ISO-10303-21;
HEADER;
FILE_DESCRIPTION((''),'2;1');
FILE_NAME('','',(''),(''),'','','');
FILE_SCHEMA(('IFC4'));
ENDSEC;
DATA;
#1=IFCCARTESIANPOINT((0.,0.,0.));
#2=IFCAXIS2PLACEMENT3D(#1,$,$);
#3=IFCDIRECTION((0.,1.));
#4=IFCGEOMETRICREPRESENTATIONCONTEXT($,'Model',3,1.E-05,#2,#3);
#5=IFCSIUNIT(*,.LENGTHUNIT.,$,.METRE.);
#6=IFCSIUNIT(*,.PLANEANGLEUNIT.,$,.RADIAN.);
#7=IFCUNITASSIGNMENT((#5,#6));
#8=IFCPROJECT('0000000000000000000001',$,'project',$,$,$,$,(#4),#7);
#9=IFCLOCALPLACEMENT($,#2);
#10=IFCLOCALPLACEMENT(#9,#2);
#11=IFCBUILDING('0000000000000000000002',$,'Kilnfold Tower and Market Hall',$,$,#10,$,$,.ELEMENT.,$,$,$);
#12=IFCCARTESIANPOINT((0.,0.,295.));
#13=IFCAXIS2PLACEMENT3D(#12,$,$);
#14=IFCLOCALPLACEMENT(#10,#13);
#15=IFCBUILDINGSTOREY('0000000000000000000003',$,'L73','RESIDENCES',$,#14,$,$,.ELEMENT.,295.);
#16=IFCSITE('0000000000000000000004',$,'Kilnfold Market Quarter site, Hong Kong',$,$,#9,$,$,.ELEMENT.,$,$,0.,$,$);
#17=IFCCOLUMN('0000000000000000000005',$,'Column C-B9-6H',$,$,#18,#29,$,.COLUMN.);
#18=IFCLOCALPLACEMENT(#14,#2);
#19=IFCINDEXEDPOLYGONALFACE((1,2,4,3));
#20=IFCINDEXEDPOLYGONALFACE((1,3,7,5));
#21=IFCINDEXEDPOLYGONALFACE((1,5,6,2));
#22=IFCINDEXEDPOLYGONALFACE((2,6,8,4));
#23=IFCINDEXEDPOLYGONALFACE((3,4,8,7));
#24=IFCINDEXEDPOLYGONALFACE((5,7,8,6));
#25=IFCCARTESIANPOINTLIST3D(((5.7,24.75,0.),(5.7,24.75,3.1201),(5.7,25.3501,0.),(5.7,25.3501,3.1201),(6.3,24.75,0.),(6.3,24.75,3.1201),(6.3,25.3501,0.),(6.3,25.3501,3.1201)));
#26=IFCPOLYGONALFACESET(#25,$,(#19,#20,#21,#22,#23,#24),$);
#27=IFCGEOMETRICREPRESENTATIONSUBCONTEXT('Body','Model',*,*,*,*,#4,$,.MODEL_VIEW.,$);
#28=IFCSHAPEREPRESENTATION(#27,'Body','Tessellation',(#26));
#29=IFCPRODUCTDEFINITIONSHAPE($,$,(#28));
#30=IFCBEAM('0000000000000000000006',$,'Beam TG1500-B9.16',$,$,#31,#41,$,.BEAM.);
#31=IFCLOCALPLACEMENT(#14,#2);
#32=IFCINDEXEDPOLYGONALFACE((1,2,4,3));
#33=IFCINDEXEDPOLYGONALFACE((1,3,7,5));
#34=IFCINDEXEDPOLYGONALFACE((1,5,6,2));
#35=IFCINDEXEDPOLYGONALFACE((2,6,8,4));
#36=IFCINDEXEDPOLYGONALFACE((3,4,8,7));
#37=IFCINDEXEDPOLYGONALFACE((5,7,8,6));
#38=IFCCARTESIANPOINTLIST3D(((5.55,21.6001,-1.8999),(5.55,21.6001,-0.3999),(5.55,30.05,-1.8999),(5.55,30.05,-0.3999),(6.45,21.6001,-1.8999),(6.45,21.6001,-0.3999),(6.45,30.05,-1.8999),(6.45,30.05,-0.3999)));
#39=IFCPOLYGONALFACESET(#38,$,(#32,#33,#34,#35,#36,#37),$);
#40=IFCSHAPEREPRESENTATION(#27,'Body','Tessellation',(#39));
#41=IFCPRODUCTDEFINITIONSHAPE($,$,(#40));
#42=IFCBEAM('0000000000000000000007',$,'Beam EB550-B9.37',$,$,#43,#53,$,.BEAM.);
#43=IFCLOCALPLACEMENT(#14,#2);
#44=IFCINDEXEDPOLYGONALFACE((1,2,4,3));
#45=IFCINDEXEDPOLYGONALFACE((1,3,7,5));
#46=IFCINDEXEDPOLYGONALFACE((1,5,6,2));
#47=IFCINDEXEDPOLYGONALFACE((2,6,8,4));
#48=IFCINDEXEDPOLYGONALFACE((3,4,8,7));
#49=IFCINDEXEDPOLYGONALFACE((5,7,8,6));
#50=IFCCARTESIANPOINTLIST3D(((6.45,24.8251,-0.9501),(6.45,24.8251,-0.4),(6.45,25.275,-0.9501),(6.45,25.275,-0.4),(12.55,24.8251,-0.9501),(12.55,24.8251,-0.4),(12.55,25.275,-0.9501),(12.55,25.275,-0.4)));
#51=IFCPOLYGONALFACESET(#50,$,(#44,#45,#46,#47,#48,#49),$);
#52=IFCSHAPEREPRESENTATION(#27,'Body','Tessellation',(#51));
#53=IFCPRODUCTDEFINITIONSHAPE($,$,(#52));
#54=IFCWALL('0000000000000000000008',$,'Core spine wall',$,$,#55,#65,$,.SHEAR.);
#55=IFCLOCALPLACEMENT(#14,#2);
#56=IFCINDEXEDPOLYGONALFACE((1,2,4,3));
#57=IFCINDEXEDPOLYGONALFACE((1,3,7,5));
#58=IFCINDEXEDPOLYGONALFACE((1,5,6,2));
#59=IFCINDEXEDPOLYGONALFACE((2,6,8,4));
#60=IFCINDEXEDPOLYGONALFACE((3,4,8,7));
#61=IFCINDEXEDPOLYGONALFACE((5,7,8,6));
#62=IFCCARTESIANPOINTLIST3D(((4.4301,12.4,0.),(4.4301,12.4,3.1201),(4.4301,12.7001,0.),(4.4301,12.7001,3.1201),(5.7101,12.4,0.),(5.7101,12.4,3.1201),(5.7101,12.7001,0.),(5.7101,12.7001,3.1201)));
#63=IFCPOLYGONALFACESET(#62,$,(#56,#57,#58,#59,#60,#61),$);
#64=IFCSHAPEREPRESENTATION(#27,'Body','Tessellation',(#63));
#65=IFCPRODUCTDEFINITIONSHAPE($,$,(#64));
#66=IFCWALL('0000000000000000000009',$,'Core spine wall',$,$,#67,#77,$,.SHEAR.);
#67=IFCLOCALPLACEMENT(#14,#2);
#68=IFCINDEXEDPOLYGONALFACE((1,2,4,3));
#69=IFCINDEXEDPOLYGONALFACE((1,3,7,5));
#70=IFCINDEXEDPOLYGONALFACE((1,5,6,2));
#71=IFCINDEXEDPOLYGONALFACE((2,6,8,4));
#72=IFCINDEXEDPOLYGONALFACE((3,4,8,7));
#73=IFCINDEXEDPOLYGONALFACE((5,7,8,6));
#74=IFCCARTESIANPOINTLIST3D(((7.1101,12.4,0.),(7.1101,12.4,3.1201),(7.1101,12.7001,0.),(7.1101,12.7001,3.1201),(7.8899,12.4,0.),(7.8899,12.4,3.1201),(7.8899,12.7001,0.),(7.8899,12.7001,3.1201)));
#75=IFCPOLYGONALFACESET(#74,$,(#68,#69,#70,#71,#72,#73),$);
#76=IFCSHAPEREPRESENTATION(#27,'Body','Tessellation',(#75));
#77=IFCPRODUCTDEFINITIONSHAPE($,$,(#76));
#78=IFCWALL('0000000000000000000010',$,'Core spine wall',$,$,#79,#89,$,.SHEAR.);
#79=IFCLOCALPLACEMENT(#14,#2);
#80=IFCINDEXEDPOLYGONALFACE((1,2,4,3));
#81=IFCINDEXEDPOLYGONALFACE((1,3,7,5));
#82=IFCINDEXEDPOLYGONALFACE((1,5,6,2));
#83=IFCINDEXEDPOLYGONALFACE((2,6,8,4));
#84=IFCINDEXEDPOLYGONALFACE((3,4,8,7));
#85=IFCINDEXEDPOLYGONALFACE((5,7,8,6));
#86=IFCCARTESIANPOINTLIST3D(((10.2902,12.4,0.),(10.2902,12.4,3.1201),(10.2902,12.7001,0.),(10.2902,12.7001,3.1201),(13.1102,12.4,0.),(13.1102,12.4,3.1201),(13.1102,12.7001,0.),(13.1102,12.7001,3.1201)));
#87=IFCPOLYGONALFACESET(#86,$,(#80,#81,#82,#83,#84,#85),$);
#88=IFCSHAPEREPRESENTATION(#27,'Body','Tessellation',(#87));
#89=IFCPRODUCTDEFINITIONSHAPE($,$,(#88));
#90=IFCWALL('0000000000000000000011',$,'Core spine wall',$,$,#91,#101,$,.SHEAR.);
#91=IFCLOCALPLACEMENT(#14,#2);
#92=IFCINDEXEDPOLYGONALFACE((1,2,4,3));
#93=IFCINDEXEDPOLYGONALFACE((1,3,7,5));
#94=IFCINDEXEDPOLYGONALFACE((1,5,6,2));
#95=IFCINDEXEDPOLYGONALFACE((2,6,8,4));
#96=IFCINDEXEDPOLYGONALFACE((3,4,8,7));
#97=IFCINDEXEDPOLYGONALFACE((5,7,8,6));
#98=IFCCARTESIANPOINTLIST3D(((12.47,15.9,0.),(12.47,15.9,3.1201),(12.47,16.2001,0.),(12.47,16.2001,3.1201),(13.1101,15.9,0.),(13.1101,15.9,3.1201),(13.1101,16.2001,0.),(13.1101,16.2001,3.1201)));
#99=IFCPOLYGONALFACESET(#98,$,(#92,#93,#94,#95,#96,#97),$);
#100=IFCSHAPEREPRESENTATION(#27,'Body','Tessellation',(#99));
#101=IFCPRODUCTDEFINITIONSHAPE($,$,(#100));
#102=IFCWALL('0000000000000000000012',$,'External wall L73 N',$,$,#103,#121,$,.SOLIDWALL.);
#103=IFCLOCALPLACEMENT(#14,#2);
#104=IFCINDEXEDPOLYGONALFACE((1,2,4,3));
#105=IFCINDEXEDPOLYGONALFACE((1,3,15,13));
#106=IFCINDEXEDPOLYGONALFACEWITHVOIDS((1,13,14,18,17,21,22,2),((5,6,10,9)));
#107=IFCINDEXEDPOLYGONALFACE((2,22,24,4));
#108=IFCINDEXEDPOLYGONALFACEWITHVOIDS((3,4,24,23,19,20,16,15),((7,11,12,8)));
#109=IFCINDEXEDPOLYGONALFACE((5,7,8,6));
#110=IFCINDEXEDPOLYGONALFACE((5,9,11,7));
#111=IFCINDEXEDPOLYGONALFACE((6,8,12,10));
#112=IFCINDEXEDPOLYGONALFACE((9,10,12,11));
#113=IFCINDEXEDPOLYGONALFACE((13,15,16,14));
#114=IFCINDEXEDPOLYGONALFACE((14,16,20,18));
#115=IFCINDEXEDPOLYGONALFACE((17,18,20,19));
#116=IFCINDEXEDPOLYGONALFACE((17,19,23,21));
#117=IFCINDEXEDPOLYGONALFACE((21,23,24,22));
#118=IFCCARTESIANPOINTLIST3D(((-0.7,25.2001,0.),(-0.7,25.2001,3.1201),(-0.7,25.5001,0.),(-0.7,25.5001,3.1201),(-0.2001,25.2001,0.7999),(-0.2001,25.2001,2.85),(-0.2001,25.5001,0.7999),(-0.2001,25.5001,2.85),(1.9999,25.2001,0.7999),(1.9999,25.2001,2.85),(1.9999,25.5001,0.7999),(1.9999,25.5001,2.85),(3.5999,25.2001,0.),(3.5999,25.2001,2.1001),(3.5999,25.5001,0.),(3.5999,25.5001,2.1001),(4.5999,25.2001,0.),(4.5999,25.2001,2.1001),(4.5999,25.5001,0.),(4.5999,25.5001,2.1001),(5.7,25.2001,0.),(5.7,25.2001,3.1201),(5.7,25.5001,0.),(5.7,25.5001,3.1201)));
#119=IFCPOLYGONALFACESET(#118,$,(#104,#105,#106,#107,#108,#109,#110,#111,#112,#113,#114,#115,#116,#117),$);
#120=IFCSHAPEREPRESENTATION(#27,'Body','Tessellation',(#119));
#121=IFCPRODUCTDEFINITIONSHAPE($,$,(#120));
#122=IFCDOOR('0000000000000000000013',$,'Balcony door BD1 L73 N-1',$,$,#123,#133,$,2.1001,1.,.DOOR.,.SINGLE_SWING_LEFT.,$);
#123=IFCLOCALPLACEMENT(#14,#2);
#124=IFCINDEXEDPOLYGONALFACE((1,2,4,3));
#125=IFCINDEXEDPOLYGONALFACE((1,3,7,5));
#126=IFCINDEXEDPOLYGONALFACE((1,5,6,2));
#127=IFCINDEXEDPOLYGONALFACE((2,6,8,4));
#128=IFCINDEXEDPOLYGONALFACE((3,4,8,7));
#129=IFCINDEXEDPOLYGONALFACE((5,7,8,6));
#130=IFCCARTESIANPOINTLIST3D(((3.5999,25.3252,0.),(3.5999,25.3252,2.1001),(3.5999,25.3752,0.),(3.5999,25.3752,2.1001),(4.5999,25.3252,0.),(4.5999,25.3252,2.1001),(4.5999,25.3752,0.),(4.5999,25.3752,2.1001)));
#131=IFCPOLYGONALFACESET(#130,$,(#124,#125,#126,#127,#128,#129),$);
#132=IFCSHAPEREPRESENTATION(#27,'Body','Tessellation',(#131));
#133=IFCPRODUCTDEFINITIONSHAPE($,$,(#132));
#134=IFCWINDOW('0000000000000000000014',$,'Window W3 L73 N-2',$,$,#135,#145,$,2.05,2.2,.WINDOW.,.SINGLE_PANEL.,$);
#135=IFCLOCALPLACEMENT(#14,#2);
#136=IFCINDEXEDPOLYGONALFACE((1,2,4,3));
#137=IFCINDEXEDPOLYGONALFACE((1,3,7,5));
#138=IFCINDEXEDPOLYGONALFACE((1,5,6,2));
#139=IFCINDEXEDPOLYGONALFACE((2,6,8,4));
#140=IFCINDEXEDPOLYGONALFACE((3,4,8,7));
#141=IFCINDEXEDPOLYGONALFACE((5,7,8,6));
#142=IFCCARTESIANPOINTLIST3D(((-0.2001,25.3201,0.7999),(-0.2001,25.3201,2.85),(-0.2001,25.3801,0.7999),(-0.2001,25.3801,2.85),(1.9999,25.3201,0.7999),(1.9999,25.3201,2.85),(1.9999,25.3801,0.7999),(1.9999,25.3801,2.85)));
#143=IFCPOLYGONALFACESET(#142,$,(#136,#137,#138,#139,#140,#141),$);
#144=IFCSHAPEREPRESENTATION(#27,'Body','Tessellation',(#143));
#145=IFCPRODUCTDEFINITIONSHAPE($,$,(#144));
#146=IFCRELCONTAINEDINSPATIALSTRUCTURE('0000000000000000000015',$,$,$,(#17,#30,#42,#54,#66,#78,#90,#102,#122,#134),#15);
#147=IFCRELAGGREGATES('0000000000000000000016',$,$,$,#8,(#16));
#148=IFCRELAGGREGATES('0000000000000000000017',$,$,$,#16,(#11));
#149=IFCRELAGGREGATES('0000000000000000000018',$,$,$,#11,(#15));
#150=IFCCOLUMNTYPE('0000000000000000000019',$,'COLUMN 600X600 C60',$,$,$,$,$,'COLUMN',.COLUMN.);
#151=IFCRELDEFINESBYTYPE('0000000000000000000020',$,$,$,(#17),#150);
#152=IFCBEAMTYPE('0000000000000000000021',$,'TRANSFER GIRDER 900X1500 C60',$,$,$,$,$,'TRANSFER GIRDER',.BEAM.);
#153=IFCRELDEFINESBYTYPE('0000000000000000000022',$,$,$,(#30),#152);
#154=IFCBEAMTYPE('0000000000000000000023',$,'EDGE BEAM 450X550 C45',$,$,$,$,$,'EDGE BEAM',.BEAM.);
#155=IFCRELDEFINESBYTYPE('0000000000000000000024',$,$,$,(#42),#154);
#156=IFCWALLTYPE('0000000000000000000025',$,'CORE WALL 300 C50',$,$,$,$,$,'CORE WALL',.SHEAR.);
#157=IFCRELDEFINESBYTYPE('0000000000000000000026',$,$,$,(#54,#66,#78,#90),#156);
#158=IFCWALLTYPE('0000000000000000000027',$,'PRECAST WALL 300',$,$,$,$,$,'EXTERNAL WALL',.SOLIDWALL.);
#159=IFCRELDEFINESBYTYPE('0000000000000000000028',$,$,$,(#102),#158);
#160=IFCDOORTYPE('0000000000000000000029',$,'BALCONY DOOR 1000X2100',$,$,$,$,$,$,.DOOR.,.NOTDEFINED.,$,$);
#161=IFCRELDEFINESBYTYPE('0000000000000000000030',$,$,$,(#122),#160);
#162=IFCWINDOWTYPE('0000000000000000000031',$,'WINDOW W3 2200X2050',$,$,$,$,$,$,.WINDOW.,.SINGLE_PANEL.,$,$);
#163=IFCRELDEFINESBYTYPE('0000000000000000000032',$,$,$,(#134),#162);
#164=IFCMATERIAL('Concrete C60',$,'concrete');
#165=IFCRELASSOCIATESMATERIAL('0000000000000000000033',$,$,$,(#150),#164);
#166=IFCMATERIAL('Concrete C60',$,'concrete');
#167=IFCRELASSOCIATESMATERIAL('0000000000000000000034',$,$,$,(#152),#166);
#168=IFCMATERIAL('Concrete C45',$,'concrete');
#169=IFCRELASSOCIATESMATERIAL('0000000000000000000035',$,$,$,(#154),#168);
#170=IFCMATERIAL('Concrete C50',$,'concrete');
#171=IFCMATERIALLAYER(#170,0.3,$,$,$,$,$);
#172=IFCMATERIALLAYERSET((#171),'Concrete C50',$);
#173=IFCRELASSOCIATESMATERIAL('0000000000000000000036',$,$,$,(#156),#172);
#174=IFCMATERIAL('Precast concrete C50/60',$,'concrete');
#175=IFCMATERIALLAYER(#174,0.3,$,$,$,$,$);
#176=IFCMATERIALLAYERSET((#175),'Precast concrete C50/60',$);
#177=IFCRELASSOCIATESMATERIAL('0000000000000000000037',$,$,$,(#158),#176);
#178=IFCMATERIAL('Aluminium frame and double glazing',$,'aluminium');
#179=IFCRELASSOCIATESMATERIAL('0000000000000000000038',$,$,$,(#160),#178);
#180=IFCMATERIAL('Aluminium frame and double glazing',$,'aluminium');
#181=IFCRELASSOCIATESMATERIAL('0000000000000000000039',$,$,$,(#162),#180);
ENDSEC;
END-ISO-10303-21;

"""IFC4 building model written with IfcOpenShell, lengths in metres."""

from ifc_helpers import new_model, si_unit, direction, frame, frame_2d, origin, origin_2d, place, context, subcontext, project, spatial, rectangle, extrude, source, transform, mapped, material, layer, layer_set, material_profile, profile_set, type_object, element, fill, save


model = new_model("IFC4")

# Units and contexts
model_context = context("Model", 3, precision=1e-05, world=origin(), true_north=direction((0.0, 1.0)))
body_context = subcontext(model_context, "Body", "Model", "MODEL_VIEW")
ifc_project = project(units=[si_unit("LENGTHUNIT", "METRE"), si_unit("PLANEANGLEUNIT", "RADIAN")], contexts=[model_context])

# Site, building, storey
site_placement = place(None, origin())
site = spatial("IfcSite", under=ifc_project, at=site_placement, Name="Kilnfold Market Quarter site, Hong Kong", CompositionType="ELEMENT", RefElevation=0.0)
building_placement = place(site_placement, origin())
building = spatial("IfcBuilding", under=site, at=building_placement, Name="Kilnfold Tower and Market Hall", CompositionType="ELEMENT")
storey_placement = place(building_placement, frame((0.0, 0.0, 295.0)))
storey = spatial("IfcBuildingStorey", under=building, at=storey_placement, Name="L73", Description="RESIDENCES", CompositionType="ELEMENT", Elevation=295.0)

# Column
ifc_material_1 = material(Name="Concrete C60", Category="concrete")
ifc_material_profile_1 = material_profile(ifc_material_1, rectangle(XDim=0.6001, YDim=0.6001, at=origin_2d()), Name="RC 600x600")
ifc_profile_set_1 = profile_set([ifc_material_profile_1], Name="Concrete C60")
column_type = type_object("IfcColumnType", Name="COLUMN 600X600 C60", ElementType="COLUMN", PredefinedType="COLUMN", material=ifc_profile_set_1)
shared_shape_1 = source(origin(), body_context, "Body", "SweptSolid", [
    extrude(rectangle(XDim=0.6001, YDim=0.6001, at=origin_2d()), origin(), (0.0, 0.0, 1.0), 3.1201),
])
column_placement = place(storey_placement, frame((6.0, 25.05, 0.0), z_axis=(0.0, 0.0, 1.0), x_axis=(1.0, 0.0, 0.0)))
element("IfcColumn", 1, at=column_placement, inside=storey, type_object=column_type, Name="Column C-B9-6H", PredefinedType="COLUMN", context=body_context, shape_type="MappedRepresentation", body=[
    mapped(shared_shape_1, transform((0.0, 0.0, 0.0))),
])

# Beams
ifc_material_2 = material(Name="Concrete C60", Category="concrete")
ifc_material_profile_2 = material_profile(ifc_material_2, rectangle(XDim=0.8999, YDim=1.5, at=origin_2d()), Name="RC 900x1500")
ifc_profile_set_2 = profile_set([ifc_material_profile_2], Name="Concrete C60")
beam_type_1 = type_object("IfcBeamType", Name="TRANSFER GIRDER 900X1500 C60", ElementType="TRANSFER GIRDER", PredefinedType="BEAM", material=ifc_profile_set_2)
shared_shape_2 = source(origin(), body_context, "Body", "SweptSolid", [
    extrude(rectangle(XDim=0.8999, YDim=1.5, at=origin_2d()), origin(), (0.0, 0.0, 1.0), 8.45),
])
beam_1_placement = place(storey_placement, frame((6.0, 21.6001, -1.1499), z_axis=(0.0, 1.0, 0.0), x_axis=(-1.0, 0.0, 0.0)))
element("IfcBeam", 2, at=beam_1_placement, inside=storey, type_object=beam_type_1, Name="Beam TG1500-B9.16", PredefinedType="BEAM", context=body_context, shape_type="MappedRepresentation", body=[
    mapped(shared_shape_2, transform((0.0, 0.0, 0.0))),
])
ifc_material_3 = material(Name="Concrete C45", Category="concrete")
ifc_material_profile_3 = material_profile(ifc_material_3, rectangle(XDim=0.45, YDim=0.55, at=origin_2d()), Name="RC 450x550")
ifc_profile_set_3 = profile_set([ifc_material_profile_3], Name="Concrete C45")
beam_type_2 = type_object("IfcBeamType", Name="EDGE BEAM 450X550 C45", ElementType="EDGE BEAM", PredefinedType="BEAM", material=ifc_profile_set_3)
shared_shape_3 = source(origin(), body_context, "Body", "SweptSolid", [
    extrude(rectangle(XDim=0.45, YDim=0.55, at=origin_2d()), origin(), (0.0, 0.0, 1.0), 6.1001),
])
beam_2_placement = place(storey_placement, frame((6.45, 25.05, -0.675), z_axis=(1.0, 0.0, 0.0), x_axis=(0.0, 1.0, 0.0)))
element("IfcBeam", 3, at=beam_2_placement, inside=storey, type_object=beam_type_2, Name="Beam EB550-B9.37", PredefinedType="BEAM", context=body_context, shape_type="MappedRepresentation", body=[
    mapped(shared_shape_3, transform((0.0, 0.0, 0.0))),
])

# Walls
ifc_material_4 = material(Name="Concrete C50", Category="concrete")
ifc_layer_1 = layer(ifc_material_4, 0.3)
ifc_layer_set_1 = layer_set([ifc_layer_1], Name="Concrete C50")
wall_type_1 = type_object("IfcWallType", Name="CORE WALL 300 C50", ElementType="CORE WALL", PredefinedType="SHEAR", material=ifc_layer_set_1)
shared_shape_4 = source(origin(), body_context, "Body", "SweptSolid", [
    extrude(rectangle(XDim=1.28, YDim=0.3, at=frame_2d((0.6401, 0.0))), origin(), (0.0, 0.0, 1.0), 3.1201),
])
wall_1_placement = place(storey_placement, frame((4.4299, 12.55, 0.0), z_axis=(0.0, 0.0, 1.0), x_axis=(1.0, 0.0, 0.0)))
element("IfcWall", 4, at=wall_1_placement, inside=storey, type_object=wall_type_1, Name="Core spine wall", PredefinedType="SHEAR", context=body_context, shape_type="MappedRepresentation", body=[
    mapped(shared_shape_4, transform((0.0, 0.0, 0.0))),
])
shared_shape_5 = source(origin(), body_context, "Body", "SweptSolid", [
    extrude(rectangle(XDim=0.7798, YDim=0.3, at=frame_2d((0.3899, 0.0))), origin(), (0.0, 0.0, 1.0), 3.1201),
])
wall_2_placement = place(storey_placement, frame((7.1101, 12.55, 0.0), z_axis=(0.0, 0.0, 1.0), x_axis=(1.0, 0.0, 0.0)))
element("IfcWall", 5, at=wall_2_placement, inside=storey, type_object=wall_type_1, Name="Core spine wall", PredefinedType="SHEAR", context=body_context, shape_type="MappedRepresentation", body=[
    mapped(shared_shape_5, transform((0.0, 0.0, 0.0))),
])
shared_shape_6 = source(origin(), body_context, "Body", "SweptSolid", [
    extrude(rectangle(XDim=2.8201, YDim=0.3, at=frame_2d((1.4102, 0.0))), origin(), (0.0, 0.0, 1.0), 3.1201),
])
wall_3_placement = place(storey_placement, frame((10.29, 12.55, 0.0), z_axis=(0.0, 0.0, 1.0), x_axis=(1.0, 0.0, 0.0)))
element("IfcWall", 6, at=wall_3_placement, inside=storey, type_object=wall_type_1, Name="Core spine wall", PredefinedType="SHEAR", context=body_context, shape_type="MappedRepresentation", body=[
    mapped(shared_shape_6, transform((0.0, 0.0, 0.0))),
])
shared_shape_7 = source(origin(), body_context, "Body", "SweptSolid", [
    extrude(rectangle(XDim=0.6401, YDim=0.3, at=frame_2d((0.3201, 0.0))), origin(), (0.0, 0.0, 1.0), 3.1201),
])
wall_4_placement = place(storey_placement, frame((12.47, 16.05, 0.0), z_axis=(0.0, 0.0, 1.0), x_axis=(1.0, 0.0, 0.0)))
element("IfcWall", 7, at=wall_4_placement, inside=storey, type_object=wall_type_1, Name="Core spine wall", PredefinedType="SHEAR", context=body_context, shape_type="MappedRepresentation", body=[
    mapped(shared_shape_7, transform((0.0, 0.0, 0.0))),
])

# Wall, openings, door, window
ifc_material_5 = material(Name="Precast concrete C50/60", Category="concrete")
ifc_layer_2 = layer(ifc_material_5, 0.3)
ifc_layer_set_2 = layer_set([ifc_layer_2], Name="Precast concrete C50/60")
wall_type_2 = type_object("IfcWallType", Name="PRECAST WALL 300", ElementType="EXTERNAL WALL", PredefinedType="SOLIDWALL", material=ifc_layer_set_2)
shared_shape_8 = source(origin(), body_context, "Body", "SweptSolid", [
    extrude(rectangle(XDim=6.3999, YDim=0.3, at=frame_2d((3.2, 0.0))), origin(), (0.0, 0.0, 1.0), 3.1201),
])
wall_5_placement = place(storey_placement, frame((5.7, 25.3501, 0.0), z_axis=(0.0, 0.0, 1.0), x_axis=(-1.0, 0.0, 0.0)))
wall_5 = element("IfcWall", 8, at=wall_5_placement, inside=storey, type_object=wall_type_2, Name="External wall L73 N", PredefinedType="SOLIDWALL", context=body_context, shape_type="MappedRepresentation", body=[
    mapped(shared_shape_8, transform((0.0, 0.0, 0.0))),
])
opening_1_placement = place(wall_5_placement, frame((1.1001, 0.0, 0.0)))
opening_1 = element("IfcOpeningElement", 9, at=opening_1_placement, cuts=wall_5, PredefinedType="OPENING", context=body_context, shape_type="SweptSolid", body=[
    extrude(rectangle(XDim=1.0, YDim=2.1001, at=frame_2d((0.5, 1.05))), frame((0.0, 0.1602, 0.0), z_axis=(0.0, -1.0, 0.0), x_axis=(1.0, 0.0, 0.0)), (0.0, 0.0, 1.0), 0.3201),
])
opening_2_placement = place(wall_5_placement, frame((3.7, 0.0, 0.8)))
opening_2 = element("IfcOpeningElement", 10, at=opening_2_placement, cuts=wall_5, PredefinedType="OPENING", context=body_context, shape_type="SweptSolid", body=[
    extrude(rectangle(XDim=2.2, YDim=2.05, at=frame_2d((1.1001, 1.0249))), frame((0.0, 0.1602, 0.0), z_axis=(0.0, -1.0, 0.0), x_axis=(1.0, 0.0, 0.0)), (0.0, 0.0, 1.0), 0.3201),
])
ifc_material_6 = material(Name="Aluminium frame and double glazing", Category="aluminium")
door_type_1 = type_object("IfcDoorType", Name="BALCONY DOOR 1000X2100", OperationType="NOTDEFINED", PredefinedType="DOOR", material=ifc_material_6)
door_1_placement = place(opening_1_placement, origin())
door_1 = element("IfcDoor", 11, at=door_1_placement, inside=storey, type_object=door_type_1, Name="Balcony door BD1 L73 N-1", OperationType="SINGLE_SWING_LEFT", OverallHeight=2.1001, OverallWidth=1.0, PredefinedType="DOOR", context=body_context, shape_type="SweptSolid", body=[
    extrude(rectangle(XDim=1.0, YDim=2.1001, at=frame_2d((0.5, 1.05))), frame((0.0, 0.0249, 0.0), z_axis=(0.0, -1.0, 0.0), x_axis=(1.0, 0.0, 0.0)), (0.0, 0.0, 1.0), 0.05),
])
fill(opening_1, door_1)
ifc_material_7 = material(Name="Aluminium frame and double glazing", Category="aluminium")
window_type = type_object("IfcWindowType", Name="WINDOW W3 2200X2050", PartitioningType="SINGLE_PANEL", PredefinedType="WINDOW", material=ifc_material_7)
window_placement = place(opening_2_placement, origin())
window = element("IfcWindow", 12, at=window_placement, inside=storey, type_object=window_type, Name="Window W3 L73 N-2", OverallHeight=2.05, OverallWidth=2.2, PartitioningType="SINGLE_PANEL", PredefinedType="WINDOW", context=body_context, shape_type="SweptSolid", body=[
    extrude(rectangle(XDim=2.2, YDim=2.05, at=frame_2d((1.1001, 1.0249))), frame((0.0, 0.03, 0.0), z_axis=(0.0, -1.0, 0.0), x_axis=(1.0, 0.0, 0.0)), (0.0, 0.0, 1.0), 0.0601),
])
fill(opening_2, window)

save(model, "model.ifc")
